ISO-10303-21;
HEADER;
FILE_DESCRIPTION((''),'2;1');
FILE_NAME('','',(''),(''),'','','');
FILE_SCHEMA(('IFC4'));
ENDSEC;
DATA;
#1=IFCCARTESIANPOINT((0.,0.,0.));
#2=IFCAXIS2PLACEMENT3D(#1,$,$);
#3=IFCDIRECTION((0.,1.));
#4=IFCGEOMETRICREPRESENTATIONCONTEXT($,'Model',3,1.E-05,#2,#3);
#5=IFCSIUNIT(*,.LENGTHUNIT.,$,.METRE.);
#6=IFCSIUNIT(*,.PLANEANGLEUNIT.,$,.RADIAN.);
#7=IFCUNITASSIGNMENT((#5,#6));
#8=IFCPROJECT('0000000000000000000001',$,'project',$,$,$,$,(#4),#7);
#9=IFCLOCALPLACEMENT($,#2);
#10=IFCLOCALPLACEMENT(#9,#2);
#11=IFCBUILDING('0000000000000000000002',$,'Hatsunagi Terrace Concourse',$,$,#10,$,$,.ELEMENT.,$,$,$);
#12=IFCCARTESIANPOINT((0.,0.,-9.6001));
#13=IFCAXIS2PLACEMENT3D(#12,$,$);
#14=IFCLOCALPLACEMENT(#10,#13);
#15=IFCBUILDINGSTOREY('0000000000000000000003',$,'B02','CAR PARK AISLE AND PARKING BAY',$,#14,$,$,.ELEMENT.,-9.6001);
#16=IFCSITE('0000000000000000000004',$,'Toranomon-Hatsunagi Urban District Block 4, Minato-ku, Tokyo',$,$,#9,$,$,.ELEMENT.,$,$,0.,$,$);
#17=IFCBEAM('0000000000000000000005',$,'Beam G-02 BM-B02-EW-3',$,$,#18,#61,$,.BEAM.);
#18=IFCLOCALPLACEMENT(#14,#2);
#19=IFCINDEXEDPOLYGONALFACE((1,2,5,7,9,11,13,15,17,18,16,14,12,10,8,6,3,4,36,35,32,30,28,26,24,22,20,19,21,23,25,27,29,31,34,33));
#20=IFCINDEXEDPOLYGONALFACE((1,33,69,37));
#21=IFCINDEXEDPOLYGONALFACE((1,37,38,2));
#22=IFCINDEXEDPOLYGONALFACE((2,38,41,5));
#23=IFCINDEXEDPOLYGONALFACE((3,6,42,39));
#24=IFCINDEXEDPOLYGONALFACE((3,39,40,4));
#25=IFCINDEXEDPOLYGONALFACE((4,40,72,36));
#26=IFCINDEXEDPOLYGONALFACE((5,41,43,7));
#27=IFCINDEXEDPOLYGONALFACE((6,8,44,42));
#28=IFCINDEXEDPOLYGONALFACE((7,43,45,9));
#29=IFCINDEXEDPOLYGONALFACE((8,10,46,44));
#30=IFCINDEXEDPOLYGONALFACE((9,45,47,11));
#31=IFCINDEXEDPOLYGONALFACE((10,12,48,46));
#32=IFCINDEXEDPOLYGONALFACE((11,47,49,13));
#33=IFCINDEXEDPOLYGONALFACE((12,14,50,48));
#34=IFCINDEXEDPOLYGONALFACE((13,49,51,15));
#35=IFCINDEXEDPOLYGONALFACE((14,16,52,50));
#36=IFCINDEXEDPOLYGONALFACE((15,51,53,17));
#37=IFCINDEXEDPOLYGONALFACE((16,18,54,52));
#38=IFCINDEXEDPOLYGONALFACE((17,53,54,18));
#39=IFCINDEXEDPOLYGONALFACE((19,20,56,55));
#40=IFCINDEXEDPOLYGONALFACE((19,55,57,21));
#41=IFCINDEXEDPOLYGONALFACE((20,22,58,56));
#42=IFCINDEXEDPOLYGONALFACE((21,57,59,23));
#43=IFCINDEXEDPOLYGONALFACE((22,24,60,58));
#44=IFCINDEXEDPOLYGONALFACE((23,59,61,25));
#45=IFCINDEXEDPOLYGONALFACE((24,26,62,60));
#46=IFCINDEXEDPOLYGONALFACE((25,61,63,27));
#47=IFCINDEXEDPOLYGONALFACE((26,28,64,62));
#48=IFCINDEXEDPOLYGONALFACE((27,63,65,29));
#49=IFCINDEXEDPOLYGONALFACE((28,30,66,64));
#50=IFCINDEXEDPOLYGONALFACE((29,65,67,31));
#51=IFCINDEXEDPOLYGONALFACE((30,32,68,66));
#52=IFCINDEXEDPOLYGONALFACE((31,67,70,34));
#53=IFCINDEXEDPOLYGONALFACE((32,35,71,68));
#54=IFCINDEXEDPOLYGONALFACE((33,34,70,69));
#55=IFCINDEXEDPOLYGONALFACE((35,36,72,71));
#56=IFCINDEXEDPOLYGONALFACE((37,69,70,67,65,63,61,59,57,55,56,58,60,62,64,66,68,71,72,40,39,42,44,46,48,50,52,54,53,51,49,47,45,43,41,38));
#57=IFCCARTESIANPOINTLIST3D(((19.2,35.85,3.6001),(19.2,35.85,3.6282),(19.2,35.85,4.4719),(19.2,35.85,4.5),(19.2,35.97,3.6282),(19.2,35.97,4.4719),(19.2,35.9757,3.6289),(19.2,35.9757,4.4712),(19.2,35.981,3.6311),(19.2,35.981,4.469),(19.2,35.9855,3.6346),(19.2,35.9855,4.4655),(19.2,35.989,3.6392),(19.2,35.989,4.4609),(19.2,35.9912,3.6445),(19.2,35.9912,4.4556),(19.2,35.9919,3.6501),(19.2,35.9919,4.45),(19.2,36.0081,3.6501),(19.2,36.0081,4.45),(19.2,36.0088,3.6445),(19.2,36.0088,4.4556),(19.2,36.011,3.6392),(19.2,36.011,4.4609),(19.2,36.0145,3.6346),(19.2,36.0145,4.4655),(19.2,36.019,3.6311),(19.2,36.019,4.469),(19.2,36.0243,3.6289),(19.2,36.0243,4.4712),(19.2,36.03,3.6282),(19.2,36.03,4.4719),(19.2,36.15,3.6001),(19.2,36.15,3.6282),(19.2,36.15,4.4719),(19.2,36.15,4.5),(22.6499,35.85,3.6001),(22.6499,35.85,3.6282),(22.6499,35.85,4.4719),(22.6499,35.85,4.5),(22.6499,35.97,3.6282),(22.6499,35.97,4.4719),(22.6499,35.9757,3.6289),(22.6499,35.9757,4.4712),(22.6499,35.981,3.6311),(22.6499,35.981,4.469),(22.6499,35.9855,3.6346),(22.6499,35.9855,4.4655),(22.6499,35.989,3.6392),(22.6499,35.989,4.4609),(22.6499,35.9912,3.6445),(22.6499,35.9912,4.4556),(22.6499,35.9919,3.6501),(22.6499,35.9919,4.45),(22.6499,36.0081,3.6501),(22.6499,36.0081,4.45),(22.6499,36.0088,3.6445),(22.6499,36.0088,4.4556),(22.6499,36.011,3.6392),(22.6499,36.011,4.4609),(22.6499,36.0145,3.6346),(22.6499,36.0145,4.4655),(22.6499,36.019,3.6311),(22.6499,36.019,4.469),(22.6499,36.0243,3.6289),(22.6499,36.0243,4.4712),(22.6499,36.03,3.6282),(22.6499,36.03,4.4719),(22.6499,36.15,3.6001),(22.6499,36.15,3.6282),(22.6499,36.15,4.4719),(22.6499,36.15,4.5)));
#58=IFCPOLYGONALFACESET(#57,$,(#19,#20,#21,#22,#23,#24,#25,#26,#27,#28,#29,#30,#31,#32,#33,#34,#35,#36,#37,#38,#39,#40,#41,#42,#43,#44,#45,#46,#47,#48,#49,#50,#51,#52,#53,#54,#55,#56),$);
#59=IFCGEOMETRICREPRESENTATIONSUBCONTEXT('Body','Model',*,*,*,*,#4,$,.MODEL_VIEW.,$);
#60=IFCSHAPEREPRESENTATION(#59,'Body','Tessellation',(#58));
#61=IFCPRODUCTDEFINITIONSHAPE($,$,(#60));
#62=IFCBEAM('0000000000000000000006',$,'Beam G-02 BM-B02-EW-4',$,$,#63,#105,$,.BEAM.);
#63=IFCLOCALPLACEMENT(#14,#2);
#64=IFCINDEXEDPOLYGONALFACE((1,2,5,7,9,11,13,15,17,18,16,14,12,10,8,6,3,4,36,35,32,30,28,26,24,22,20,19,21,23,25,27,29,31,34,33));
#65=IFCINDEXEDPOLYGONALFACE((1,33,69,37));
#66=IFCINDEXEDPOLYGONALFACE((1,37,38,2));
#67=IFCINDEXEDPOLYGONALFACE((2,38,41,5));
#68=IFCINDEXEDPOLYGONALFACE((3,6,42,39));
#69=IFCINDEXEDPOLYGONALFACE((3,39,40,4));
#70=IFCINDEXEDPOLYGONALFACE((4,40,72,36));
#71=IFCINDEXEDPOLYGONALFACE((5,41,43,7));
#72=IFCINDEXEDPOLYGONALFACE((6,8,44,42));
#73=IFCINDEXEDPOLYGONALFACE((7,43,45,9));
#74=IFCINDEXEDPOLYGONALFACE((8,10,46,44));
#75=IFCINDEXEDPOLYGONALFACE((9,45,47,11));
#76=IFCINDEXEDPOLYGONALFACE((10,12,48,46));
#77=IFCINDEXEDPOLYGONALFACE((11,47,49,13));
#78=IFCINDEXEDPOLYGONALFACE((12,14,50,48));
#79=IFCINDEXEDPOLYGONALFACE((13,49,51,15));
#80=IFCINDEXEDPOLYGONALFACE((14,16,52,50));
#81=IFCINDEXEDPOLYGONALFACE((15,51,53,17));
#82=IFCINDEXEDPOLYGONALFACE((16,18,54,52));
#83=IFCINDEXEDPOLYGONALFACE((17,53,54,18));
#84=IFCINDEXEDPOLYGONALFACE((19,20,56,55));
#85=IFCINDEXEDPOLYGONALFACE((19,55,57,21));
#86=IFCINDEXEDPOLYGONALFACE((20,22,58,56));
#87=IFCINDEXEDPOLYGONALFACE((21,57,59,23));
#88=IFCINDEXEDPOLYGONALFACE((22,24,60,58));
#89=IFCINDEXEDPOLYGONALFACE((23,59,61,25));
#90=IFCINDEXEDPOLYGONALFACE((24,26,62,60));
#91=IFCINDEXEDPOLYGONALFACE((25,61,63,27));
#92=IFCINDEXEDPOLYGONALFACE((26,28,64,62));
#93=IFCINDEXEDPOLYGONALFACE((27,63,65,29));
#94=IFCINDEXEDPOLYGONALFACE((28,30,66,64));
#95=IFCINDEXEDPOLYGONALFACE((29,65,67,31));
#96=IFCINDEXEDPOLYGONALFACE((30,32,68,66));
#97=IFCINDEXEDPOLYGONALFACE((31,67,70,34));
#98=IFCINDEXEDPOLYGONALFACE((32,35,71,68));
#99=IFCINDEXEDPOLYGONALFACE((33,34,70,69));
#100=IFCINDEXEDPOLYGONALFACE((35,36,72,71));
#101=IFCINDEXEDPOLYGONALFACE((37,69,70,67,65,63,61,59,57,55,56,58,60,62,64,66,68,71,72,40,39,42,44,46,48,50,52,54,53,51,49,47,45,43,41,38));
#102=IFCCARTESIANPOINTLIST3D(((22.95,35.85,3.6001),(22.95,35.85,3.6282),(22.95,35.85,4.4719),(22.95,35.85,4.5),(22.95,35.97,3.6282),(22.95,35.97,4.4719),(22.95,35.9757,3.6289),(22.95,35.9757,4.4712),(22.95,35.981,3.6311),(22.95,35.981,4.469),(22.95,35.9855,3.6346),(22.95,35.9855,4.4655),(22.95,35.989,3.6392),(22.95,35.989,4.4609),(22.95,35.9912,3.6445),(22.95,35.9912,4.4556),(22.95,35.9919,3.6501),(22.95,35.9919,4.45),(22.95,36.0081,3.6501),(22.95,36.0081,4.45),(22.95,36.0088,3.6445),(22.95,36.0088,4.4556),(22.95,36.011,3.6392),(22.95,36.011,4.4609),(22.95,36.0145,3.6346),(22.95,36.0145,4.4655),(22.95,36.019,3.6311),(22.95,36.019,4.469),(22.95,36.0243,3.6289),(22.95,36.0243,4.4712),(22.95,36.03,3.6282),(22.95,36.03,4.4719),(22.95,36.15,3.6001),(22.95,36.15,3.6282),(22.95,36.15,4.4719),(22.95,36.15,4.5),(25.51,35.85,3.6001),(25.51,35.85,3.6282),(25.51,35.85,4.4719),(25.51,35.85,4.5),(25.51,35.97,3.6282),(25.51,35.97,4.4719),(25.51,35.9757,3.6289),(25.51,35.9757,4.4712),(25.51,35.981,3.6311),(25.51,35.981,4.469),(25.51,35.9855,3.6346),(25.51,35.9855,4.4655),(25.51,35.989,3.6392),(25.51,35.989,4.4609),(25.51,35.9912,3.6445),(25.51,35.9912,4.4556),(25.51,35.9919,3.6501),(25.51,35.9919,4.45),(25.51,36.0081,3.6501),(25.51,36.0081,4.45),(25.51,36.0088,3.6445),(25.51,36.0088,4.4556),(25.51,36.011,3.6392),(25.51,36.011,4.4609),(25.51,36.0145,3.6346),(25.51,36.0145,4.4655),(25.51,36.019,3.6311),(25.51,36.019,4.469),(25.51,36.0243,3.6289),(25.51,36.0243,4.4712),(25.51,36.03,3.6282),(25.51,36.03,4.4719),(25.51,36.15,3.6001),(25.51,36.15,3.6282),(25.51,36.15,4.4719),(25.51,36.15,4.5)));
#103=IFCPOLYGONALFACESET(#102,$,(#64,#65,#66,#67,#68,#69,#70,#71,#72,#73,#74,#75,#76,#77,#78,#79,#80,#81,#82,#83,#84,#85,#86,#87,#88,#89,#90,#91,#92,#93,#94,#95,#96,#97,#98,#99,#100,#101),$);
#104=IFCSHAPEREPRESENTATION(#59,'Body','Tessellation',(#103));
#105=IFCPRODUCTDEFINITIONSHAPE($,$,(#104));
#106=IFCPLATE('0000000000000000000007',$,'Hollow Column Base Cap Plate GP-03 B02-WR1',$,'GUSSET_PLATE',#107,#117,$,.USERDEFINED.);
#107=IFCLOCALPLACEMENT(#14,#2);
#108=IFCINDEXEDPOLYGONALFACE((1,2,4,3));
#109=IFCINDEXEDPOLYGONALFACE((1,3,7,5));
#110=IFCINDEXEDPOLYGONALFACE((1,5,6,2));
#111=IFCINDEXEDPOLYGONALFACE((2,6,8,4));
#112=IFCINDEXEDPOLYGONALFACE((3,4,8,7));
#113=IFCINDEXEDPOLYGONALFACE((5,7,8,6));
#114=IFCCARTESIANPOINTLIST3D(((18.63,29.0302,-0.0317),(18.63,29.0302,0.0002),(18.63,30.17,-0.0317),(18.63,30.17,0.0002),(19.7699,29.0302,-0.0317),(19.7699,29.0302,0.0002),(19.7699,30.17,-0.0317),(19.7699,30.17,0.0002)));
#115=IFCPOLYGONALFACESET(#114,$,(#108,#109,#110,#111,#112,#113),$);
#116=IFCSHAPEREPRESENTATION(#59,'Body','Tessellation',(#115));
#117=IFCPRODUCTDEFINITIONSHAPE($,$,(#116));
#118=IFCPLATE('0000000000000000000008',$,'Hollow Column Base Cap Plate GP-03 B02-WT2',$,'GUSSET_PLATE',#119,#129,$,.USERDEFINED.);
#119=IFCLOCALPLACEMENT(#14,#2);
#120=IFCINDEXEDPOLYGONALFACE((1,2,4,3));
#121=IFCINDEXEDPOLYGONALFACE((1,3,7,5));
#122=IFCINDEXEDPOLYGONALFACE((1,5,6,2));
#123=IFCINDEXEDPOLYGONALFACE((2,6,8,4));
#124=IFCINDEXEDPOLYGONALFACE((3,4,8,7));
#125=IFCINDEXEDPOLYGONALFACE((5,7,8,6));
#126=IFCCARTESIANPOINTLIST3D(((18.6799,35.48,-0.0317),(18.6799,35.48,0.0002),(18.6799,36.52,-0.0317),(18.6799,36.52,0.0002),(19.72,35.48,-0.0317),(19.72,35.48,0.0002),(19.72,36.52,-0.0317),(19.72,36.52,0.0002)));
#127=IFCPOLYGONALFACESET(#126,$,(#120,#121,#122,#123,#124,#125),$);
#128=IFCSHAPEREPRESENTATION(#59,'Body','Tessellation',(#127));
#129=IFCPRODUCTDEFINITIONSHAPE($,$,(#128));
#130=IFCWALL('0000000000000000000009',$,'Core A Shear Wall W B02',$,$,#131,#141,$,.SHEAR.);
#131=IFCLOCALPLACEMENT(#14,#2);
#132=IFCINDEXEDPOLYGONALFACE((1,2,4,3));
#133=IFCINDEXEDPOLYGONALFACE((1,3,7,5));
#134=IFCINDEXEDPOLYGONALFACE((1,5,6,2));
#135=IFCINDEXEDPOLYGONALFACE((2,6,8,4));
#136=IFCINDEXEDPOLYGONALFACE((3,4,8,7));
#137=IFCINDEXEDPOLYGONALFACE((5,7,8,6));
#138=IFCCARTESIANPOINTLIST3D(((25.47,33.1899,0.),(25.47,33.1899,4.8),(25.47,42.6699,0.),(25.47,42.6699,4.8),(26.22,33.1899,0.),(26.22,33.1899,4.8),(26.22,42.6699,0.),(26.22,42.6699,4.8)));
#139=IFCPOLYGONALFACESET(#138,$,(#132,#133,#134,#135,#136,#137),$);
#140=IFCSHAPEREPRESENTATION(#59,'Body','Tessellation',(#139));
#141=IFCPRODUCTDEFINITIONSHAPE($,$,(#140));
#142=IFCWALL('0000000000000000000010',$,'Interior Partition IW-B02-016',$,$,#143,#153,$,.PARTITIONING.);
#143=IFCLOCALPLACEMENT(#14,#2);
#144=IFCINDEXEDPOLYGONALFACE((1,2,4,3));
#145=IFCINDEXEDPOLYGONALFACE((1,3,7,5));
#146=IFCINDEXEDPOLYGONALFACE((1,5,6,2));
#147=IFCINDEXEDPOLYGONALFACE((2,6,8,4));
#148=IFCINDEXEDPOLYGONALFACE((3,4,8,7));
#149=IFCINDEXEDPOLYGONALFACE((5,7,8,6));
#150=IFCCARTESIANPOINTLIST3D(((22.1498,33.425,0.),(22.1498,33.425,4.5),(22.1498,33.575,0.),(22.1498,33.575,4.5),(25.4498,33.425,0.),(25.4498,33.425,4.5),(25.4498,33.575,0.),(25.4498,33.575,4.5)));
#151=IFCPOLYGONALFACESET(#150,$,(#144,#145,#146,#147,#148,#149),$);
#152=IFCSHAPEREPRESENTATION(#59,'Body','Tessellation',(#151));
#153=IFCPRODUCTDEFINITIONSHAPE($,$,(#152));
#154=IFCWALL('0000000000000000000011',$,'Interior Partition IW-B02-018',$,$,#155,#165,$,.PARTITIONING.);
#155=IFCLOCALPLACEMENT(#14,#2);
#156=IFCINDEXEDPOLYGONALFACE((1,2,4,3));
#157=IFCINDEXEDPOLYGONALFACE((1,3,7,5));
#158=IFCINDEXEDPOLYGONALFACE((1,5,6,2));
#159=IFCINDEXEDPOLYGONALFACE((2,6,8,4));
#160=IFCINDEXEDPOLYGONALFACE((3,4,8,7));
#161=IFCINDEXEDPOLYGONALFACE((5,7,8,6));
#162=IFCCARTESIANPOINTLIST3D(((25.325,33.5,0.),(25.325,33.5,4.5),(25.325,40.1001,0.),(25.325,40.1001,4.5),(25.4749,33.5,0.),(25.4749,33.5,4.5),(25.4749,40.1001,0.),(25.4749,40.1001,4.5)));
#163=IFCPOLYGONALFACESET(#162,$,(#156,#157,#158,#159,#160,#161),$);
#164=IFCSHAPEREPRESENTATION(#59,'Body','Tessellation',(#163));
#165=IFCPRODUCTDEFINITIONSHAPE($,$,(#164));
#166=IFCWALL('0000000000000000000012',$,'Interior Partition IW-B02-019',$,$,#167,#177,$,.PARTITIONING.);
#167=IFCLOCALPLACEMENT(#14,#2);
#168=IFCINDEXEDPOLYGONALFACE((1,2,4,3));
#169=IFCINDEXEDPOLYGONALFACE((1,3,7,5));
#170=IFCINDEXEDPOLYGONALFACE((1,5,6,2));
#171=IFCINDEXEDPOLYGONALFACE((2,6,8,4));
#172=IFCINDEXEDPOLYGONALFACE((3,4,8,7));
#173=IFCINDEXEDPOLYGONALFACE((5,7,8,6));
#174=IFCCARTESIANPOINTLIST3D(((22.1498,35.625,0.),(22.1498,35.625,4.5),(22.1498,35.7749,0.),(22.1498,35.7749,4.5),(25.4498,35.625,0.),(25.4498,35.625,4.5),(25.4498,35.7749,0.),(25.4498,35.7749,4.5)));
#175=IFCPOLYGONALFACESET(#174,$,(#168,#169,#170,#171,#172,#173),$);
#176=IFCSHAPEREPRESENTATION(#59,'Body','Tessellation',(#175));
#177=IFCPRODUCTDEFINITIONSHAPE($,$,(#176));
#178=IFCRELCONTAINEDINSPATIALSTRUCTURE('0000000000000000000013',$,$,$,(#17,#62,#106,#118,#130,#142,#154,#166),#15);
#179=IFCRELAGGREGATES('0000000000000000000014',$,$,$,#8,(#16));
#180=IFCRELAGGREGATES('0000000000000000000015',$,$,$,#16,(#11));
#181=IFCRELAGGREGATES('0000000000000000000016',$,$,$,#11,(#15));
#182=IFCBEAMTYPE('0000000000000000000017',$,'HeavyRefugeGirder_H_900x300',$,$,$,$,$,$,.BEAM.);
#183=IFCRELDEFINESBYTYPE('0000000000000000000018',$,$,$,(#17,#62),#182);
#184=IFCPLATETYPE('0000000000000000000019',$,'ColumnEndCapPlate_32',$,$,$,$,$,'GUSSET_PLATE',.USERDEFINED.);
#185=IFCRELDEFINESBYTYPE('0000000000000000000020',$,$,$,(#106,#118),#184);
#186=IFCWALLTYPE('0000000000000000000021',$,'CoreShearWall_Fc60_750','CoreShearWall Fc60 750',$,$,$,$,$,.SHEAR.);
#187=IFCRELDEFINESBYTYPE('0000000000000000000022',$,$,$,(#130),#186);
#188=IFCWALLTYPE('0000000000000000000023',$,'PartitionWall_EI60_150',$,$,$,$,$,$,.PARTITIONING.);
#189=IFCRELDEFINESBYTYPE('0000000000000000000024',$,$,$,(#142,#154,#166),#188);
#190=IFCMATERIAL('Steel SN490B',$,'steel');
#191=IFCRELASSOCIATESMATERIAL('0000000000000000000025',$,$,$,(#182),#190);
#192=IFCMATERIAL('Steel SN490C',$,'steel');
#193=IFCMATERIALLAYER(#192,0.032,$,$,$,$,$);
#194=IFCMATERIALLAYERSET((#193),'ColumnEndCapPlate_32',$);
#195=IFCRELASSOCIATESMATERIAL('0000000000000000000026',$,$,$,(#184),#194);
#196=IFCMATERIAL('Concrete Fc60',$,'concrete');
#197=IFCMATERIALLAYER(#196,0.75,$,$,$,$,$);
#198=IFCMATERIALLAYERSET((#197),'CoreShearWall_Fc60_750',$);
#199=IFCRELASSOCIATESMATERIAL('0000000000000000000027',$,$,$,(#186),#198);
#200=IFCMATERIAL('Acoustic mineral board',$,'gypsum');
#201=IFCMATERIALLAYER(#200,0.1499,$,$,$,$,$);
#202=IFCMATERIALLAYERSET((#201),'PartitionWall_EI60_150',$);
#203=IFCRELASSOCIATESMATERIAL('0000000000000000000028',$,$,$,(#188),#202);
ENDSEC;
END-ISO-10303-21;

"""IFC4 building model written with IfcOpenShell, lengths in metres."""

from ifc_helpers import new_model, si_unit, direction, frame, frame_2d, origin, origin_2d, place, context, subcontext, project, spatial, rectangle, i_section, extrude, material, layer, layer_set, material_profile, profile_set, type_object, element, save


model = new_model("IFC4")

# Units and contexts
model_context = context("Model", 3, precision=1e-05, world=origin(), true_north=direction((0.0, 1.0)))
body_context = subcontext(model_context, "Body", "Model", "MODEL_VIEW")
ifc_project = project(units=[si_unit("LENGTHUNIT", "METRE"), si_unit("PLANEANGLEUNIT", "RADIAN")], contexts=[model_context])

# Site, building, storey
site_placement = place(None, origin())
site = spatial("IfcSite", under=ifc_project, at=site_placement, Name="Toranomon-Hatsunagi Urban District Block 4, Minato-ku, Tokyo", CompositionType="ELEMENT", RefElevation=0.0)
building_placement = place(site_placement, origin())
building = spatial("IfcBuilding", under=site, at=building_placement, Name="Hatsunagi Terrace Concourse", CompositionType="ELEMENT")
storey_placement = place(building_placement, frame((0.0, 0.0, -9.6001)))
storey = spatial("IfcBuildingStorey", under=building, at=storey_placement, Name="B02", Description="CAR PARK AISLE AND PARKING BAY", CompositionType="ELEMENT", Elevation=-9.6001)

# Beams
ifc_material_1 = material(Name="Steel SN490B", Category="steel")
ifc_material_profile_1 = material_profile(ifc_material_1, i_section(OverallWidth=0.3, OverallDepth=0.8999, WebThickness=0.0161, FlangeThickness=0.0281, FilletRadius=0.022, at=origin_2d()), Name="H-900x300x16x28")
ifc_profile_set_1 = profile_set([ifc_material_profile_1], Name="Steel SN490B")
beam_type = type_object("IfcBeamType", Name="HeavyRefugeGirder_H_900x300", PredefinedType="BEAM", material=ifc_profile_set_1)
beam_1_placement = place(storey_placement, frame((19.2, 36.0, 4.05), z_axis=(1.0, 0.0, 0.0), x_axis=(0.0, 1.0, 0.0)))
element("IfcBeam", 1, at=beam_1_placement, inside=storey, type_object=beam_type, Name="Beam G-02 BM-B02-EW-3", PredefinedType="BEAM", context=body_context, shape_type="SweptSolid", body=[
    extrude(i_section(OverallWidth=0.3, OverallDepth=0.8999, WebThickness=0.0161, FlangeThickness=0.0281, FilletRadius=0.022, at=origin_2d()), origin(), (0.0, 0.0, 1.0), 3.45),
])
beam_2_placement = place(storey_placement, frame((22.95, 36.0, 4.05), z_axis=(1.0, 0.0, 0.0), x_axis=(0.0, 1.0, 0.0)))
element("IfcBeam", 2, at=beam_2_placement, inside=storey, type_object=beam_type, Name="Beam G-02 BM-B02-EW-4", PredefinedType="BEAM", context=body_context, shape_type="SweptSolid", body=[
    extrude(i_section(OverallWidth=0.3, OverallDepth=0.8999, WebThickness=0.0161, FlangeThickness=0.0281, FilletRadius=0.022, at=origin_2d()), origin(), (0.0, 0.0, 1.0), 2.5601),
])

# Plates
ifc_material_2 = material(Name="Steel SN490C", Category="steel")
ifc_layer_1 = layer(ifc_material_2, 0.032)
ifc_layer_set_1 = layer_set([ifc_layer_1], Name="ColumnEndCapPlate_32")
plate_type = type_object("IfcPlateType", Name="ColumnEndCapPlate_32", ElementType="GUSSET_PLATE", PredefinedType="USERDEFINED", material=ifc_layer_set_1)
plate_1_placement = place(storey_placement, frame((19.2, 29.6001, -0.0317), z_axis=(0.0, 0.0, 1.0), x_axis=(1.0, 0.0, 0.0)))
element("IfcPlate", 3, at=plate_1_placement, inside=storey, type_object=plate_type, Name="Hollow Column Base Cap Plate GP-03 B02-WR1", ObjectType="GUSSET_PLATE", PredefinedType="USERDEFINED", context=body_context, shape_type="SweptSolid", body=[
    extrude(rectangle(XDim=1.1399, YDim=1.1399, at=origin_2d()), origin(), (0.0, 0.0, 1.0), 0.032),
])
plate_2_placement = place(storey_placement, frame((19.2, 36.0, -0.0317), z_axis=(0.0, 0.0, 1.0), x_axis=(1.0, 0.0, 0.0)))
element("IfcPlate", 4, at=plate_2_placement, inside=storey, type_object=plate_type, Name="Hollow Column Base Cap Plate GP-03 B02-WT2", ObjectType="GUSSET_PLATE", PredefinedType="USERDEFINED", context=body_context, shape_type="SweptSolid", body=[
    extrude(rectangle(XDim=1.04, YDim=1.04, at=origin_2d()), origin(), (0.0, 0.0, 1.0), 0.032),
])

# Shared definitions
ifc_material_3 = material(Name="Concrete Fc60", Category="concrete")
ifc_layer_2 = layer(ifc_material_3, 0.75)
ifc_layer_set_2 = layer_set([ifc_layer_2], Name="CoreShearWall_Fc60_750")
wall_type_1 = type_object("IfcWallType", Name="CoreShearWall_Fc60_750", Description="CoreShearWall Fc60 750", PredefinedType="SHEAR", material=ifc_layer_set_2)

# Walls
wall_1_placement = place(storey_placement, frame((25.845, 33.1899, 0.0), z_axis=(0.0, 0.0, 1.0), x_axis=(0.0, 1.0, 0.0)))
element("IfcWall", 5, at=wall_1_placement, inside=storey, type_object=wall_type_1, Name="Core A Shear Wall W B02", PredefinedType="SHEAR", context=body_context, shape_type="SweptSolid", body=[
    extrude(rectangle(XDim=9.48, YDim=0.75, at=frame_2d((4.74, 0.0))), origin(), (0.0, 0.0, 1.0), 4.8),
])
ifc_material_4 = material(Name="Acoustic mineral board", Category="gypsum")
ifc_layer_3 = layer(ifc_material_4, 0.1499)
ifc_layer_set_3 = layer_set([ifc_layer_3], Name="PartitionWall_EI60_150")
wall_type_2 = type_object("IfcWallType", Name="PartitionWall_EI60_150", PredefinedType="PARTITIONING", material=ifc_layer_set_3)
wall_2_placement = place(storey_placement, frame((22.1499, 33.5, 0.0), z_axis=(0.0, 0.0, 1.0), x_axis=(1.0, 0.0, 0.0)))
element("IfcWall", 6, at=wall_2_placement, inside=storey, type_object=wall_type_2, Name="Interior Partition IW-B02-016", PredefinedType="PARTITIONING", context=body_context, shape_type="SweptSolid", body=[
    extrude(rectangle(XDim=3.3, YDim=0.1499, at=frame_2d((1.6499, 0.0))), origin(), (0.0, 0.0, 1.0), 4.5),
])
wall_3_placement = place(storey_placement, frame((25.3999, 33.5, 0.0), z_axis=(0.0, 0.0, 1.0), x_axis=(0.0, 1.0, 0.0)))
element("IfcWall", 7, at=wall_3_placement, inside=storey, type_object=wall_type_2, Name="Interior Partition IW-B02-018", PredefinedType="PARTITIONING", context=body_context, shape_type="SweptSolid", body=[
    extrude(rectangle(XDim=6.6001, YDim=0.1499, at=frame_2d((3.3, 0.0))), origin(), (0.0, 0.0, 1.0), 4.5),
])
wall_4_placement = place(storey_placement, frame((22.1499, 35.7, 0.0), z_axis=(0.0, 0.0, 1.0), x_axis=(1.0, 0.0, 0.0)))
element("IfcWall", 8, at=wall_4_placement, inside=storey, type_object=wall_type_2, Name="Interior Partition IW-B02-019", PredefinedType="PARTITIONING", context=body_context, shape_type="SweptSolid", body=[
    extrude(rectangle(XDim=3.3, YDim=0.1499, at=frame_2d((1.6499, 0.0))), origin(), (0.0, 0.0, 1.0), 4.5),
])

save(model, "model.ifc")
